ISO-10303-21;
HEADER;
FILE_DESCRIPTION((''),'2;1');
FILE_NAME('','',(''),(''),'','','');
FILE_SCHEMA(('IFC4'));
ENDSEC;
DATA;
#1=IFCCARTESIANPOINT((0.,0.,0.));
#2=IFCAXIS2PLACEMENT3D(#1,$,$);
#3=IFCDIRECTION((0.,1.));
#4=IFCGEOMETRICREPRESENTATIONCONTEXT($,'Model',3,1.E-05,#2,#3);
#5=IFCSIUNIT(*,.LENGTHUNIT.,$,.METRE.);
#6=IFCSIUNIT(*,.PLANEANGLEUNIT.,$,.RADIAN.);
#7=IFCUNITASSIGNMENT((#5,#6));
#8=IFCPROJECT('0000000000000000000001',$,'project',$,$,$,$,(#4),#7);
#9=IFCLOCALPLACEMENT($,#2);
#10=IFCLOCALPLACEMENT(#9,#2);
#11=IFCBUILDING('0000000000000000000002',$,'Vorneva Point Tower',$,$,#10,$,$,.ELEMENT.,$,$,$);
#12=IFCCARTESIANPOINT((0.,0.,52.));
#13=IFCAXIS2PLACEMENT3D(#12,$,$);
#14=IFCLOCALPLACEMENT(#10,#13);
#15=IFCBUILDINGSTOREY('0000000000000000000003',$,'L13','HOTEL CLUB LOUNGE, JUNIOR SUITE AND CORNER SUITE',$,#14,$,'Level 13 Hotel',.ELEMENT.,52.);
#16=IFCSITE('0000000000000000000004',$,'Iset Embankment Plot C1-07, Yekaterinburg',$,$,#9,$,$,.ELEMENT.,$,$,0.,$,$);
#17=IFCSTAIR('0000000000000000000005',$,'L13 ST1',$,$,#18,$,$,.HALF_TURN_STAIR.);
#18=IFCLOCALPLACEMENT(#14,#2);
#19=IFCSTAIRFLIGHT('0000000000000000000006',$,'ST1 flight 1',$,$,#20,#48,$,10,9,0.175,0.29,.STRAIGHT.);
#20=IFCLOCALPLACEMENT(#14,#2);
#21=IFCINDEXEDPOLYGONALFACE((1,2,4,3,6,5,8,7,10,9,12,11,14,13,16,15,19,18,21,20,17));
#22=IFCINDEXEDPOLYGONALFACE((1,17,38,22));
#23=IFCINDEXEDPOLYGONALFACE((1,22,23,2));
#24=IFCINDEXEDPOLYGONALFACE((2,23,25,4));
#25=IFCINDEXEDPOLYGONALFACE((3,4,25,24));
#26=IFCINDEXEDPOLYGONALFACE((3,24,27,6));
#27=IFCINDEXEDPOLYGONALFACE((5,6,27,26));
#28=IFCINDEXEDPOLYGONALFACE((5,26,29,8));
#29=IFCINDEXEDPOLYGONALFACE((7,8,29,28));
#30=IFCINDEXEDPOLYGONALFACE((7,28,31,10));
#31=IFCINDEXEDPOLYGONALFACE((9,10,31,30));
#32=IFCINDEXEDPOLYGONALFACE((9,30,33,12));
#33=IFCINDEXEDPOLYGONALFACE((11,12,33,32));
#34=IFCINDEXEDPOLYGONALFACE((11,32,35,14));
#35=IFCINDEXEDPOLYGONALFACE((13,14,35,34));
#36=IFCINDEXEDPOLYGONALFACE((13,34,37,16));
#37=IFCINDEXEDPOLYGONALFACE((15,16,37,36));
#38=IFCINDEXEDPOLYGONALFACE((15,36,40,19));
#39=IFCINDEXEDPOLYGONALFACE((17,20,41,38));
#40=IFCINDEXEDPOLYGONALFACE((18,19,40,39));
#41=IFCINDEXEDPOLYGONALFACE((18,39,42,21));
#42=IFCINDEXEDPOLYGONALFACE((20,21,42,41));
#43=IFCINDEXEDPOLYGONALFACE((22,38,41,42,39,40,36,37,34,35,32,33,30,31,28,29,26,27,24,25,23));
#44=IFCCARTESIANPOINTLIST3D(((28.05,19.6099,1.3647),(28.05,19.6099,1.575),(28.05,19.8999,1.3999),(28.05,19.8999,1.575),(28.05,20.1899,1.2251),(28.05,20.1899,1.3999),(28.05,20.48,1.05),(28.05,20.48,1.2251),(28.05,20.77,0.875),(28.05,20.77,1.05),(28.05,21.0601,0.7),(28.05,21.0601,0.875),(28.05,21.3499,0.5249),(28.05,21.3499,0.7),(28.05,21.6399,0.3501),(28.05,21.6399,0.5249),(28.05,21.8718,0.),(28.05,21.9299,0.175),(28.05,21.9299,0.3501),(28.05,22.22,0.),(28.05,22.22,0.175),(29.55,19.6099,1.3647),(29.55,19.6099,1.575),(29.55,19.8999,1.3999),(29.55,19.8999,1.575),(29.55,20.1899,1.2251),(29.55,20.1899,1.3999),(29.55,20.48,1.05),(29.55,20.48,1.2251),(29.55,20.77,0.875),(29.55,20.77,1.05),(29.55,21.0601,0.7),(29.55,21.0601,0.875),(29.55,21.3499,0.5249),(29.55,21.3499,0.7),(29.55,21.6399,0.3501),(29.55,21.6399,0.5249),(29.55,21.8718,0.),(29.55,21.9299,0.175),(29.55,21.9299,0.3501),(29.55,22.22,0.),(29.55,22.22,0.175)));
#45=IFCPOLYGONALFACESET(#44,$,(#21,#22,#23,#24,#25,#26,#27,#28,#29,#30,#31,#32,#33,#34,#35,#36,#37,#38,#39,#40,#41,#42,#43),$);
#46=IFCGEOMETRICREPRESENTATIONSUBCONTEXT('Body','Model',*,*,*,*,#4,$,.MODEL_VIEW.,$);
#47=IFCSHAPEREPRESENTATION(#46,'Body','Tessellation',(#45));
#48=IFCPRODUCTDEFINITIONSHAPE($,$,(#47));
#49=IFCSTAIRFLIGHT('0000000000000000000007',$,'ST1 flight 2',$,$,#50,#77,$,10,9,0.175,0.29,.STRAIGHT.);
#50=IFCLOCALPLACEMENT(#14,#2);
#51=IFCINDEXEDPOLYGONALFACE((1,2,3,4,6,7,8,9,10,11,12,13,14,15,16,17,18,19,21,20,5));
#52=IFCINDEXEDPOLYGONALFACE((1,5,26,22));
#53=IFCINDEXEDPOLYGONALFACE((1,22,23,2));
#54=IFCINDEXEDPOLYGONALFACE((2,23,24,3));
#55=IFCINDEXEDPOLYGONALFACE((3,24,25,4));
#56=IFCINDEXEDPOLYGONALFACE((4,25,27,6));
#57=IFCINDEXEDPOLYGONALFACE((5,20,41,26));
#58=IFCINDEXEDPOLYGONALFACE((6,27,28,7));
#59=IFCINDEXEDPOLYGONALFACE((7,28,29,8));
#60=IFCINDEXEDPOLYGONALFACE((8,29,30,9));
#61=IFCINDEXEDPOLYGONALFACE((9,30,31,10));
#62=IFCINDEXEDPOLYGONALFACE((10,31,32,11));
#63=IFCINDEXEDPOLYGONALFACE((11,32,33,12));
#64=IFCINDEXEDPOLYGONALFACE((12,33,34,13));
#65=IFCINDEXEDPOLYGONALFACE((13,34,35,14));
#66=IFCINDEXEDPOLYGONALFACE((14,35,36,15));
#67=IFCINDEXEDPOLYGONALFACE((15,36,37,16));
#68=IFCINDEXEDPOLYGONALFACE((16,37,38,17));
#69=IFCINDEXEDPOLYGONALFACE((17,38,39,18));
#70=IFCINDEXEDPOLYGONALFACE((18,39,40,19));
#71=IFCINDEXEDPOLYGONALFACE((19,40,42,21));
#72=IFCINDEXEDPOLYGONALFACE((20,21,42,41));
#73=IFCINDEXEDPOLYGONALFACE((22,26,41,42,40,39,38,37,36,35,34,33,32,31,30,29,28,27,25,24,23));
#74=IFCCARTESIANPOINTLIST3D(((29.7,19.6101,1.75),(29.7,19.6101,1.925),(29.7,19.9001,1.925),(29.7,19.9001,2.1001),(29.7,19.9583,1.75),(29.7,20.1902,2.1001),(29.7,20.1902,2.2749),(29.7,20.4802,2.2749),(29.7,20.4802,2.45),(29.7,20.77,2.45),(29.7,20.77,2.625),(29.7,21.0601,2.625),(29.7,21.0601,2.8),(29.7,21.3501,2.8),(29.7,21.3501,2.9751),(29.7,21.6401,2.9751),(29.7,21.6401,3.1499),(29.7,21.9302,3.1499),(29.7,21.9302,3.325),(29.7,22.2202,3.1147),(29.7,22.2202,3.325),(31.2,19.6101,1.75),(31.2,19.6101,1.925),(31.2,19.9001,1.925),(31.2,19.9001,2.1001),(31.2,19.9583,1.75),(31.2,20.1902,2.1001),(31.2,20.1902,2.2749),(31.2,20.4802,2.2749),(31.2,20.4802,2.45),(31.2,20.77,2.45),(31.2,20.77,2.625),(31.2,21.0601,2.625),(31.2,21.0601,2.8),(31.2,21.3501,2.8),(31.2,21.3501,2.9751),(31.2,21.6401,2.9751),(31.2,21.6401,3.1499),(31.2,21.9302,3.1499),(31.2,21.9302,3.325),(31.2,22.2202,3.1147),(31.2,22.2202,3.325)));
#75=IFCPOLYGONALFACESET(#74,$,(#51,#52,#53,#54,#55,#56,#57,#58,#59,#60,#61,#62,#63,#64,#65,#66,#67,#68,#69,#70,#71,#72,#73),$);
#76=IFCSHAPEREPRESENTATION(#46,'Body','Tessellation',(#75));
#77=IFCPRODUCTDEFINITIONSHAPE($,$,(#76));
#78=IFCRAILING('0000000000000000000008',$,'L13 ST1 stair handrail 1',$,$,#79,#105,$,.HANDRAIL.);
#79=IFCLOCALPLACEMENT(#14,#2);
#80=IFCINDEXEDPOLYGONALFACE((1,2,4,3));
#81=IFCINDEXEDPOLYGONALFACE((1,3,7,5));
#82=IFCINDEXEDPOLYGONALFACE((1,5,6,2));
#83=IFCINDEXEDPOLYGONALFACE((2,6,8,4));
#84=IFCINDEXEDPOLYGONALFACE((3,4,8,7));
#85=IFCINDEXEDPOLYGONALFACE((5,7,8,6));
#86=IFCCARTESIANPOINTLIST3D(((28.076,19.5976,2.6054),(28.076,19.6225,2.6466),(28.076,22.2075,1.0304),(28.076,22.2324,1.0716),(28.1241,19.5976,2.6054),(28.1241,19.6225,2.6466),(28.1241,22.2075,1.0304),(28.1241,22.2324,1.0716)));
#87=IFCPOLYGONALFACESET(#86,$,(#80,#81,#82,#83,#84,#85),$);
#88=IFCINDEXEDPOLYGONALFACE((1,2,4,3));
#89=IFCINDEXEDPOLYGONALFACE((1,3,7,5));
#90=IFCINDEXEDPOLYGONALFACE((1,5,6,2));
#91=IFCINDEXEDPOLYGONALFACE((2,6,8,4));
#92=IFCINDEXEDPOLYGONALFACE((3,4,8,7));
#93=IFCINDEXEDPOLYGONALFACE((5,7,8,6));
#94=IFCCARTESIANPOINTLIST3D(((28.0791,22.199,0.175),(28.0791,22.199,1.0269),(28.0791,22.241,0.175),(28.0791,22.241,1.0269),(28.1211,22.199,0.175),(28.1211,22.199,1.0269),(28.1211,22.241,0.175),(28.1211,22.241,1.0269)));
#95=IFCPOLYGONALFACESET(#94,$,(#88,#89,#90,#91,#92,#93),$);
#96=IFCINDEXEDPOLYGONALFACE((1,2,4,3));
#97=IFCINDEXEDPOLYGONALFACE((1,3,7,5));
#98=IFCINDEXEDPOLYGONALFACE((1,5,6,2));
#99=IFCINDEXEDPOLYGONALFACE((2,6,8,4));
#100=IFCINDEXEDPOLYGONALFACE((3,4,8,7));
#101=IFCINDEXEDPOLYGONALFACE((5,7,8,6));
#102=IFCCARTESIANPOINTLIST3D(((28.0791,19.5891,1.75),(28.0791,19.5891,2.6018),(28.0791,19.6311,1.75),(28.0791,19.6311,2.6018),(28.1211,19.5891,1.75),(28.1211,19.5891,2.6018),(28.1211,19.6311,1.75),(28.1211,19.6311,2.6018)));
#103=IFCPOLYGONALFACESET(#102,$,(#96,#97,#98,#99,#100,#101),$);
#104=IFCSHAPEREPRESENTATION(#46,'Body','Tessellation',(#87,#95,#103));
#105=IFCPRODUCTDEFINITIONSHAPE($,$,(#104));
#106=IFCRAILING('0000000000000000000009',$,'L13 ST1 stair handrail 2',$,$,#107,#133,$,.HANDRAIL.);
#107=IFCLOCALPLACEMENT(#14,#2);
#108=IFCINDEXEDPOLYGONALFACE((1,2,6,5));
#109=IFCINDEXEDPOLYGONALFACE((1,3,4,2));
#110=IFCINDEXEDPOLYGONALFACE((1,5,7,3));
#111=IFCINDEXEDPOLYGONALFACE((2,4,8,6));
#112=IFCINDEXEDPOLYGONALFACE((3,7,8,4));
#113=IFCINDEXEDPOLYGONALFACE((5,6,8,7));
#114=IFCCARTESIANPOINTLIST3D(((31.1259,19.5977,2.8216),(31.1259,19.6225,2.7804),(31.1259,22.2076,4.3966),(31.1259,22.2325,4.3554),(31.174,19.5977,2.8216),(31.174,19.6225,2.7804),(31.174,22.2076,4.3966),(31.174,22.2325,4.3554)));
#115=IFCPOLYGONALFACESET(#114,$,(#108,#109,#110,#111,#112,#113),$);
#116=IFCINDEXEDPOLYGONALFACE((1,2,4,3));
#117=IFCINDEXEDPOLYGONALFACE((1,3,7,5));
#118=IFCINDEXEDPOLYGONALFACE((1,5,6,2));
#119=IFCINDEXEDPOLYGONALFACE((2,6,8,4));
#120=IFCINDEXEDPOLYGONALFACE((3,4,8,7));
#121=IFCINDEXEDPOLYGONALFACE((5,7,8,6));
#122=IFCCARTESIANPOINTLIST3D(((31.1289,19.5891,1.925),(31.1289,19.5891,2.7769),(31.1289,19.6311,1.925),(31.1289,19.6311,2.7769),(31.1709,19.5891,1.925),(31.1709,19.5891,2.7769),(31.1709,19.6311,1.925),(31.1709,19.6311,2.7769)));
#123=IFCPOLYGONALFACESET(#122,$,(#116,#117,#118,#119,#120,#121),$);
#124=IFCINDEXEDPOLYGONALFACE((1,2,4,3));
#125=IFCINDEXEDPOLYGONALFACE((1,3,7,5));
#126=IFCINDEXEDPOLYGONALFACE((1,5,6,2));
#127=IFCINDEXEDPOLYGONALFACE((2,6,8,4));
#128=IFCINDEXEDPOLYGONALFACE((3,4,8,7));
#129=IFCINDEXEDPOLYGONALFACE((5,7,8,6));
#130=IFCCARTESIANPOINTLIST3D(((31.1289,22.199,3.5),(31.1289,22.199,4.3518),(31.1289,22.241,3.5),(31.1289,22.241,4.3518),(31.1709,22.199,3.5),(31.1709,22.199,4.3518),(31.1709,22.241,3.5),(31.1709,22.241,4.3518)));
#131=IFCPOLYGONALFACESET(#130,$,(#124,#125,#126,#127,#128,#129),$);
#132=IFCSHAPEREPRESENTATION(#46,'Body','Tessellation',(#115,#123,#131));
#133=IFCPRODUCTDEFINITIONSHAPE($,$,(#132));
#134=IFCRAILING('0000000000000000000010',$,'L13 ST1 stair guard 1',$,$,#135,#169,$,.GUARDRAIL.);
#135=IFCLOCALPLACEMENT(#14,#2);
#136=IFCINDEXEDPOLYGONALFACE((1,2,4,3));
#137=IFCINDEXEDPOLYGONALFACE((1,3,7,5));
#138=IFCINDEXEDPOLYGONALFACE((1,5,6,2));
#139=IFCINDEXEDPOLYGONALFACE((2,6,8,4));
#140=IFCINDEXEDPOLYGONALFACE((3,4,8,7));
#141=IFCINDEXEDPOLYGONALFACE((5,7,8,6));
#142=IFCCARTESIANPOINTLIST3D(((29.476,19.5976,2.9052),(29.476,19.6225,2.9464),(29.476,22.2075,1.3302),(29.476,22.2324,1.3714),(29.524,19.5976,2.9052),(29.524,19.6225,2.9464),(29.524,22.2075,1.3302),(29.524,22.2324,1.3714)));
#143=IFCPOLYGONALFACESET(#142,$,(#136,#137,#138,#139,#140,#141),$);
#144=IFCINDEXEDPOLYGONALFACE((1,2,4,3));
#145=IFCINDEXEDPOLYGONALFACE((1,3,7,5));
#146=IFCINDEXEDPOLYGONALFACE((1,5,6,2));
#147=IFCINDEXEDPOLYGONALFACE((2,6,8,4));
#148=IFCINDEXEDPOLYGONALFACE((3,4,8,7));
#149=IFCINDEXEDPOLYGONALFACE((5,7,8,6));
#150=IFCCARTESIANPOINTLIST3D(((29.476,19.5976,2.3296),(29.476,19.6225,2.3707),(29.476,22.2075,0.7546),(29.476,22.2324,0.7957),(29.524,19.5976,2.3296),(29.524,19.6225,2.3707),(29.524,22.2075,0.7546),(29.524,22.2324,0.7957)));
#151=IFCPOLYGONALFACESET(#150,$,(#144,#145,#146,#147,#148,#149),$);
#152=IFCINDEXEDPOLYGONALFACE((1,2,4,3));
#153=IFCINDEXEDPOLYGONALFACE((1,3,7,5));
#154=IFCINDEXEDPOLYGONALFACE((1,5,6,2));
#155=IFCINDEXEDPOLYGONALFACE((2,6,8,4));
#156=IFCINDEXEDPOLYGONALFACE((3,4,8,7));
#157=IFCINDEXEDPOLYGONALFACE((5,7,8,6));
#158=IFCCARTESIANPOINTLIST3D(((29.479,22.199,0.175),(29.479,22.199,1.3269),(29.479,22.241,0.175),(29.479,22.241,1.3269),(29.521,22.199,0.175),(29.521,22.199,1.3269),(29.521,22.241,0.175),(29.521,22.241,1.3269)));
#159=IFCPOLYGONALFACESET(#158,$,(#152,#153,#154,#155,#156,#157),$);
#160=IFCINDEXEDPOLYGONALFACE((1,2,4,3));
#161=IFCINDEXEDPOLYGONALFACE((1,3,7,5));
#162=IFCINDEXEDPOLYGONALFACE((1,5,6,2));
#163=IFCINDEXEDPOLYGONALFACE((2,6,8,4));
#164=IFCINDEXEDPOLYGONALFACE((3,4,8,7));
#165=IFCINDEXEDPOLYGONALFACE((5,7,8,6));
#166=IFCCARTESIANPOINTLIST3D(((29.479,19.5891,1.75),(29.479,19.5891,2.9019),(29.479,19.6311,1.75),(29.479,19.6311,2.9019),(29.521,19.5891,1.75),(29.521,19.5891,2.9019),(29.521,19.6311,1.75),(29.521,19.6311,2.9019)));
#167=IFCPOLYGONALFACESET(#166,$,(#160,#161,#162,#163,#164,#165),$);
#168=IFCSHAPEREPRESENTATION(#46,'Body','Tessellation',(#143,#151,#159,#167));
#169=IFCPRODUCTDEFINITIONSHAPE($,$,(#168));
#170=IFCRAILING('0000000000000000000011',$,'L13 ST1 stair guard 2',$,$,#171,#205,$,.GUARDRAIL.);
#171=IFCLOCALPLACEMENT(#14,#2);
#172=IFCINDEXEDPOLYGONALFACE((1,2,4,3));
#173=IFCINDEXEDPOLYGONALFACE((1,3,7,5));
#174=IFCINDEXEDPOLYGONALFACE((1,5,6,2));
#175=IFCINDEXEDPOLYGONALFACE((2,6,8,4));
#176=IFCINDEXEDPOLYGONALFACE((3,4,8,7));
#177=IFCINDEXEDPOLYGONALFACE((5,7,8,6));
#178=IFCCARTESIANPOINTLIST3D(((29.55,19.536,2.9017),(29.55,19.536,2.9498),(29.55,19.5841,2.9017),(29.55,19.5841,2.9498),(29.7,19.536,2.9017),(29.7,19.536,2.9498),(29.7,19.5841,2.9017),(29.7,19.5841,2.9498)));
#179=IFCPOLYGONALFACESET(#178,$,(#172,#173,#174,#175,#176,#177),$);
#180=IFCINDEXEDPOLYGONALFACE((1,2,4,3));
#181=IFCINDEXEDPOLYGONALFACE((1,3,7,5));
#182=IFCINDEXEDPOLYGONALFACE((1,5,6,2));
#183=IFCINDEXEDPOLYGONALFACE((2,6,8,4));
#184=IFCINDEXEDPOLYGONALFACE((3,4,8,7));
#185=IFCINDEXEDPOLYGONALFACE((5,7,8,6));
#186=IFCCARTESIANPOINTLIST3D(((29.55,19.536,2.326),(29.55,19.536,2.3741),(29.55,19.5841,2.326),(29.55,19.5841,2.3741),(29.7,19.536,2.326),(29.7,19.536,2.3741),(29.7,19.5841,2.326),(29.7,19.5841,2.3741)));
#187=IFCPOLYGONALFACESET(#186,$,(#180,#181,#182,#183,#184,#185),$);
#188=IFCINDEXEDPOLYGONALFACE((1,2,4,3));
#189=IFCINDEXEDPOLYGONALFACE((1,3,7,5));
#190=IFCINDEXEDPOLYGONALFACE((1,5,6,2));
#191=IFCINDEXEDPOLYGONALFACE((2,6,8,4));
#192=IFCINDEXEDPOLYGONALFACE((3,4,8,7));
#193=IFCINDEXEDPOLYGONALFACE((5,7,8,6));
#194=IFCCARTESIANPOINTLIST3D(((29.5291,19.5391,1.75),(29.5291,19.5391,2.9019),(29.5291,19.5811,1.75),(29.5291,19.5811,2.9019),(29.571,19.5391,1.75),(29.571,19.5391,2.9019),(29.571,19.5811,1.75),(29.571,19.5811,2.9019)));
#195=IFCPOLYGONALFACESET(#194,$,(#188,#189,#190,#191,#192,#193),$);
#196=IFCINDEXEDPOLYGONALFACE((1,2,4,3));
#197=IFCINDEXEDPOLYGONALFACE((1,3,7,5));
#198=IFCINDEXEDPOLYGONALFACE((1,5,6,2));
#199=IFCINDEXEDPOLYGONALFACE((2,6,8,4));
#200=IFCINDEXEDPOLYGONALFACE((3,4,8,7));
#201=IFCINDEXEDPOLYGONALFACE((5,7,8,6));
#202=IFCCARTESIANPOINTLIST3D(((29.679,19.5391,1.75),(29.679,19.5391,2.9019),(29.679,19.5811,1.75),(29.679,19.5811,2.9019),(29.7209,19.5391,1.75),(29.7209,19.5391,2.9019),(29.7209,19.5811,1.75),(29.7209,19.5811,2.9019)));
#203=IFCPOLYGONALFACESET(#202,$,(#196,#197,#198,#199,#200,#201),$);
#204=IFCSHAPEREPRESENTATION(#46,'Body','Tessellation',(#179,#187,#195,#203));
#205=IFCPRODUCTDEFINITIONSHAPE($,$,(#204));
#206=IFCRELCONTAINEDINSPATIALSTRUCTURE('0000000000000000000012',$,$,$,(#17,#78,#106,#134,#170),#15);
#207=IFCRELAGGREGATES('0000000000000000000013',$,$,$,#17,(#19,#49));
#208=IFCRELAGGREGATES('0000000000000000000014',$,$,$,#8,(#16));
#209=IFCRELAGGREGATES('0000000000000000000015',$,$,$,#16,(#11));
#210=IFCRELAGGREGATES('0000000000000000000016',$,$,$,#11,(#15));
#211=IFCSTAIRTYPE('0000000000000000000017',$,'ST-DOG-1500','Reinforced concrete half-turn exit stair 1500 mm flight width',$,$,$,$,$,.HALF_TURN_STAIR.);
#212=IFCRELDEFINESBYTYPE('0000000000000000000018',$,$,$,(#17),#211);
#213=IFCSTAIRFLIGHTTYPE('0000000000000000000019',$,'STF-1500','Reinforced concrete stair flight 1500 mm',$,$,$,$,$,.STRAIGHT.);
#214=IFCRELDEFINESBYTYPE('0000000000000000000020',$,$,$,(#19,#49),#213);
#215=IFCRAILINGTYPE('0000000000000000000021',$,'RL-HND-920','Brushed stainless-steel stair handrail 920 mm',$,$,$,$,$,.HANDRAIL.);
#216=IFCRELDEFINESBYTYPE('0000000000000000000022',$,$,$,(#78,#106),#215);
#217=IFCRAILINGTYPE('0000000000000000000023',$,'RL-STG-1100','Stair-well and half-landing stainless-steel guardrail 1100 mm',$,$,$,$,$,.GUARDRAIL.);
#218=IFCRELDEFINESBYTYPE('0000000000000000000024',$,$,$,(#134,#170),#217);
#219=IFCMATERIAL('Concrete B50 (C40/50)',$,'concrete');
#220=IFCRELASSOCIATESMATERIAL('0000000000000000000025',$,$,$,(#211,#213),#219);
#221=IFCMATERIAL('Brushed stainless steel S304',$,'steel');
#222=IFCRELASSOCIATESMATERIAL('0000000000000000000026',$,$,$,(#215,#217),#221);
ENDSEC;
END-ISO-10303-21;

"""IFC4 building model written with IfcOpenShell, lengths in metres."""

from ifc_helpers import new_model, si_unit, direction, frame, origin, origin_2d, place, context, subcontext, project, spatial, polyline, rectangle, outline, extrude, material, type_object, element, aggregate, save


model = new_model("IFC4")

# Units and contexts
model_context = context("Model", 3, precision=1e-05, world=origin(), true_north=direction((0.0, 1.0)))
body_context = subcontext(model_context, "Body", "Model", "MODEL_VIEW")
ifc_project = project(units=[si_unit("LENGTHUNIT", "METRE"), si_unit("PLANEANGLEUNIT", "RADIAN")], contexts=[model_context])

# Site, building, storey
site_placement = place(None, origin())
site = spatial("IfcSite", under=ifc_project, at=site_placement, Name="Iset Embankment Plot C1-07, Yekaterinburg", CompositionType="ELEMENT", RefElevation=0.0)
building_placement = place(site_placement, origin())
building = spatial("IfcBuilding", under=site, at=building_placement, Name="Vorneva Point Tower", CompositionType="ELEMENT")
storey_placement = place(building_placement, frame((0.0, 0.0, 52.0)))
storey = spatial("IfcBuildingStorey", under=building, at=storey_placement, Name="L13", Description="HOTEL CLUB LOUNGE, JUNIOR SUITE AND CORNER SUITE", LongName="Level 13 Hotel", CompositionType="ELEMENT", Elevation=52.0)

# Shared definitions
ifc_material_1 = material(Name="Concrete B50 (C40/50)", Category="concrete")

# Stair, stair flights
stair_type = type_object("IfcStairType", Name="ST-DOG-1500", Description="Reinforced concrete half-turn exit stair 1500 mm flight width", PredefinedType="HALF_TURN_STAIR", material=ifc_material_1)
stair_placement = place(storey_placement, origin())
stair = element("IfcStair", 1, at=stair_placement, inside=storey, type_object=stair_type, Name="L13 ST1", PredefinedType="HALF_TURN_STAIR")
stair_flight_type = type_object("IfcStairFlightType", Name="STF-1500", Description="Reinforced concrete stair flight 1500 mm", PredefinedType="STRAIGHT", material=ifc_material_1)
stair_flight_1_placement = place(storey_placement, frame((28.8, 22.22, 0.0), z_axis=(0.0, 0.0, 1.0), x_axis=(0.0, -1.0, 0.0)))
stair_flight_1 = element("IfcStairFlight", 2, at=stair_flight_1_placement, type_object=stair_flight_type, Name="ST1 flight 1", NumberOfRisers=10, NumberOfTreads=9, PredefinedType="STRAIGHT", RiserHeight=0.175, TreadLength=0.29, context=body_context, shape_type="SweptSolid", body=[
    extrude(outline(polyline([(0.0, 0.0), (0.0, 0.175), (0.29, 0.175), (0.29, 0.3501), (0.5801, 0.3501), (0.5801, 0.5249), (0.8701, 0.5249), (0.8701, 0.7), (1.1599, 0.7), (1.1599, 0.875), (1.45, 0.875), (1.45, 1.05), (1.74, 1.05), (1.74, 1.2251), (2.03, 1.2251), (2.03, 1.3999), (2.3201, 1.3999), (2.3201, 1.575), (2.6101, 1.575), (2.6101, 1.75), (2.6101, 1.3647), (0.3481, 0.0), (0.0, 0.0)])), frame((0.0, 0.75, 0.0), z_axis=(0.0, -1.0, 0.0), x_axis=(1.0, 0.0, 0.0)), (0.0, 0.0, 1.0), 1.5),
])
stair_flight_2_placement = place(storey_placement, frame((30.45, 19.6101, 1.75), z_axis=(0.0, 0.0, 1.0), x_axis=(0.0, 1.0, 0.0)))
stair_flight_2 = element("IfcStairFlight", 3, at=stair_flight_2_placement, type_object=stair_flight_type, Name="ST1 flight 2", NumberOfRisers=10, NumberOfTreads=9, PredefinedType="STRAIGHT", RiserHeight=0.175, TreadLength=0.29, context=body_context, shape_type="SweptSolid", body=[
    extrude(outline(polyline([(0.0, 0.0), (0.0, 0.175), (0.29, 0.175), (0.29, 0.3501), (0.5801, 0.3501), (0.5801, 0.5249), (0.8701, 0.5249), (0.8701, 0.7), (1.1599, 0.7), (1.1599, 0.875), (1.45, 0.875), (1.45, 1.05), (1.74, 1.05), (1.74, 1.2251), (2.03, 1.2251), (2.03, 1.3999), (2.3201, 1.3999), (2.3201, 1.575), (2.6101, 1.575), (2.6101, 1.75), (2.6101, 1.3647), (0.3481, 0.0), (0.0, 0.0)])), frame((0.0, 0.75, 0.0), z_axis=(0.0, -1.0, 0.0), x_axis=(1.0, 0.0, 0.0)), (0.0, 0.0, 1.0), 1.5),
])
aggregate(stair, [stair_flight_1, stair_flight_2])

# Railings
ifc_material_2 = material(Name="Brushed stainless steel S304", Category="steel")
railing_type_1 = type_object("IfcRailingType", Name="RL-HND-920", Description="Brushed stainless-steel stair handrail 920 mm", PredefinedType="HANDRAIL", material=ifc_material_2)
railing_1_placement = place(storey_placement, frame((28.1001, 22.22, 0.175)))
element("IfcRailing", 4, at=railing_1_placement, inside=storey, type_object=railing_type_1, Name="L13 ST1 stair handrail 1", PredefinedType="HANDRAIL", context=body_context, shape_type="SweptSolid", body=[
    extrude(rectangle(XDim=0.0481, YDim=0.0481, at=origin_2d()), frame((0.0, 0.0, 0.876), z_axis=(0.0, -0.856183, 0.516673), x_axis=(1.0, 0.0, 0.0)), (0.0, 0.0, 1.0), 3.0483),
    extrude(rectangle(XDim=0.042, YDim=0.042, at=origin_2d()), origin(), (0.0, 0.0, 1.0), 0.8518),
    extrude(rectangle(XDim=0.042, YDim=0.042, at=origin_2d()), frame((0.0, -2.6099, 1.575)), (0.0, 0.0, 1.0), 0.8518),
])
railing_2_placement = place(storey_placement, frame((31.1499, 19.6101, 1.925)))
element("IfcRailing", 5, at=railing_2_placement, inside=storey, type_object=railing_type_1, Name="L13 ST1 stair handrail 2", PredefinedType="HANDRAIL", context=body_context, shape_type="SweptSolid", body=[
    extrude(rectangle(XDim=0.0481, YDim=0.0481, at=origin_2d()), frame((0.0, 0.0, 0.876), z_axis=(0.0, 0.856183, 0.516673), x_axis=(-1.0, 0.0, 0.0)), (0.0, 0.0, 1.0), 3.0483),
    extrude(rectangle(XDim=0.042, YDim=0.042, at=origin_2d()), origin(), (0.0, 0.0, 1.0), 0.8518),
    extrude(rectangle(XDim=0.042, YDim=0.042, at=origin_2d()), frame((0.0, 2.6099, 1.575)), (0.0, 0.0, 1.0), 0.8518),
])
railing_type_2 = type_object("IfcRailingType", Name="RL-STG-1100", Description="Stair-well and half-landing stainless-steel guardrail 1100 mm", PredefinedType="GUARDRAIL", material=ifc_material_2)
railing_3_placement = place(storey_placement, frame((29.5, 22.22, 0.175)))
element("IfcRailing", 6, at=railing_3_placement, inside=storey, type_object=railing_type_2, Name="L13 ST1 stair guard 1", PredefinedType="GUARDRAIL", context=body_context, shape_type="SweptSolid", body=[
    extrude(rectangle(XDim=0.0481, YDim=0.0481, at=origin_2d()), frame((0.0, 0.0, 1.1758), z_axis=(0.0, -0.856183, 0.516673), x_axis=(1.0, 0.0, 0.0)), (0.0, 0.0, 1.0), 3.0483),
    extrude(rectangle(XDim=0.0481, YDim=0.0481, at=origin_2d()), frame((0.0, 0.0, 0.6001), z_axis=(0.0, -0.856183, 0.516673), x_axis=(1.0, 0.0, 0.0)), (0.0, 0.0, 1.0), 3.0483),
    extrude(rectangle(XDim=0.042, YDim=0.042, at=origin_2d()), origin(), (0.0, 0.0, 1.0), 1.1519),
    extrude(rectangle(XDim=0.042, YDim=0.042, at=origin_2d()), frame((0.0, -2.6099, 1.575)), (0.0, 0.0, 1.0), 1.1519),
])
railing_4_placement = place(storey_placement, frame((29.55, 19.5601, 1.75)))
element("IfcRailing", 7, at=railing_4_placement, inside=storey, type_object=railing_type_2, Name="L13 ST1 stair guard 2", PredefinedType="GUARDRAIL", context=body_context, shape_type="SweptSolid", body=[
    extrude(rectangle(XDim=0.0481, YDim=0.0481, at=origin_2d()), frame((0.0, 0.0, 1.1758), z_axis=(1.0, 0.0, 0.0), x_axis=(0.0, 1.0, 0.0)), (0.0, 0.0, 1.0), 0.1499),
    extrude(rectangle(XDim=0.0481, YDim=0.0481, at=origin_2d()), frame((0.0, 0.0, 0.6001), z_axis=(1.0, 0.0, 0.0), x_axis=(0.0, 1.0, 0.0)), (0.0, 0.0, 1.0), 0.1499),
    extrude(rectangle(XDim=0.042, YDim=0.042, at=origin_2d()), origin(), (0.0, 0.0, 1.0), 1.1519),
    extrude(rectangle(XDim=0.042, YDim=0.042, at=origin_2d()), frame((0.1499, 0.0, 0.0)), (0.0, 0.0, 1.0), 1.1519),
])

save(model, "model.ifc")
